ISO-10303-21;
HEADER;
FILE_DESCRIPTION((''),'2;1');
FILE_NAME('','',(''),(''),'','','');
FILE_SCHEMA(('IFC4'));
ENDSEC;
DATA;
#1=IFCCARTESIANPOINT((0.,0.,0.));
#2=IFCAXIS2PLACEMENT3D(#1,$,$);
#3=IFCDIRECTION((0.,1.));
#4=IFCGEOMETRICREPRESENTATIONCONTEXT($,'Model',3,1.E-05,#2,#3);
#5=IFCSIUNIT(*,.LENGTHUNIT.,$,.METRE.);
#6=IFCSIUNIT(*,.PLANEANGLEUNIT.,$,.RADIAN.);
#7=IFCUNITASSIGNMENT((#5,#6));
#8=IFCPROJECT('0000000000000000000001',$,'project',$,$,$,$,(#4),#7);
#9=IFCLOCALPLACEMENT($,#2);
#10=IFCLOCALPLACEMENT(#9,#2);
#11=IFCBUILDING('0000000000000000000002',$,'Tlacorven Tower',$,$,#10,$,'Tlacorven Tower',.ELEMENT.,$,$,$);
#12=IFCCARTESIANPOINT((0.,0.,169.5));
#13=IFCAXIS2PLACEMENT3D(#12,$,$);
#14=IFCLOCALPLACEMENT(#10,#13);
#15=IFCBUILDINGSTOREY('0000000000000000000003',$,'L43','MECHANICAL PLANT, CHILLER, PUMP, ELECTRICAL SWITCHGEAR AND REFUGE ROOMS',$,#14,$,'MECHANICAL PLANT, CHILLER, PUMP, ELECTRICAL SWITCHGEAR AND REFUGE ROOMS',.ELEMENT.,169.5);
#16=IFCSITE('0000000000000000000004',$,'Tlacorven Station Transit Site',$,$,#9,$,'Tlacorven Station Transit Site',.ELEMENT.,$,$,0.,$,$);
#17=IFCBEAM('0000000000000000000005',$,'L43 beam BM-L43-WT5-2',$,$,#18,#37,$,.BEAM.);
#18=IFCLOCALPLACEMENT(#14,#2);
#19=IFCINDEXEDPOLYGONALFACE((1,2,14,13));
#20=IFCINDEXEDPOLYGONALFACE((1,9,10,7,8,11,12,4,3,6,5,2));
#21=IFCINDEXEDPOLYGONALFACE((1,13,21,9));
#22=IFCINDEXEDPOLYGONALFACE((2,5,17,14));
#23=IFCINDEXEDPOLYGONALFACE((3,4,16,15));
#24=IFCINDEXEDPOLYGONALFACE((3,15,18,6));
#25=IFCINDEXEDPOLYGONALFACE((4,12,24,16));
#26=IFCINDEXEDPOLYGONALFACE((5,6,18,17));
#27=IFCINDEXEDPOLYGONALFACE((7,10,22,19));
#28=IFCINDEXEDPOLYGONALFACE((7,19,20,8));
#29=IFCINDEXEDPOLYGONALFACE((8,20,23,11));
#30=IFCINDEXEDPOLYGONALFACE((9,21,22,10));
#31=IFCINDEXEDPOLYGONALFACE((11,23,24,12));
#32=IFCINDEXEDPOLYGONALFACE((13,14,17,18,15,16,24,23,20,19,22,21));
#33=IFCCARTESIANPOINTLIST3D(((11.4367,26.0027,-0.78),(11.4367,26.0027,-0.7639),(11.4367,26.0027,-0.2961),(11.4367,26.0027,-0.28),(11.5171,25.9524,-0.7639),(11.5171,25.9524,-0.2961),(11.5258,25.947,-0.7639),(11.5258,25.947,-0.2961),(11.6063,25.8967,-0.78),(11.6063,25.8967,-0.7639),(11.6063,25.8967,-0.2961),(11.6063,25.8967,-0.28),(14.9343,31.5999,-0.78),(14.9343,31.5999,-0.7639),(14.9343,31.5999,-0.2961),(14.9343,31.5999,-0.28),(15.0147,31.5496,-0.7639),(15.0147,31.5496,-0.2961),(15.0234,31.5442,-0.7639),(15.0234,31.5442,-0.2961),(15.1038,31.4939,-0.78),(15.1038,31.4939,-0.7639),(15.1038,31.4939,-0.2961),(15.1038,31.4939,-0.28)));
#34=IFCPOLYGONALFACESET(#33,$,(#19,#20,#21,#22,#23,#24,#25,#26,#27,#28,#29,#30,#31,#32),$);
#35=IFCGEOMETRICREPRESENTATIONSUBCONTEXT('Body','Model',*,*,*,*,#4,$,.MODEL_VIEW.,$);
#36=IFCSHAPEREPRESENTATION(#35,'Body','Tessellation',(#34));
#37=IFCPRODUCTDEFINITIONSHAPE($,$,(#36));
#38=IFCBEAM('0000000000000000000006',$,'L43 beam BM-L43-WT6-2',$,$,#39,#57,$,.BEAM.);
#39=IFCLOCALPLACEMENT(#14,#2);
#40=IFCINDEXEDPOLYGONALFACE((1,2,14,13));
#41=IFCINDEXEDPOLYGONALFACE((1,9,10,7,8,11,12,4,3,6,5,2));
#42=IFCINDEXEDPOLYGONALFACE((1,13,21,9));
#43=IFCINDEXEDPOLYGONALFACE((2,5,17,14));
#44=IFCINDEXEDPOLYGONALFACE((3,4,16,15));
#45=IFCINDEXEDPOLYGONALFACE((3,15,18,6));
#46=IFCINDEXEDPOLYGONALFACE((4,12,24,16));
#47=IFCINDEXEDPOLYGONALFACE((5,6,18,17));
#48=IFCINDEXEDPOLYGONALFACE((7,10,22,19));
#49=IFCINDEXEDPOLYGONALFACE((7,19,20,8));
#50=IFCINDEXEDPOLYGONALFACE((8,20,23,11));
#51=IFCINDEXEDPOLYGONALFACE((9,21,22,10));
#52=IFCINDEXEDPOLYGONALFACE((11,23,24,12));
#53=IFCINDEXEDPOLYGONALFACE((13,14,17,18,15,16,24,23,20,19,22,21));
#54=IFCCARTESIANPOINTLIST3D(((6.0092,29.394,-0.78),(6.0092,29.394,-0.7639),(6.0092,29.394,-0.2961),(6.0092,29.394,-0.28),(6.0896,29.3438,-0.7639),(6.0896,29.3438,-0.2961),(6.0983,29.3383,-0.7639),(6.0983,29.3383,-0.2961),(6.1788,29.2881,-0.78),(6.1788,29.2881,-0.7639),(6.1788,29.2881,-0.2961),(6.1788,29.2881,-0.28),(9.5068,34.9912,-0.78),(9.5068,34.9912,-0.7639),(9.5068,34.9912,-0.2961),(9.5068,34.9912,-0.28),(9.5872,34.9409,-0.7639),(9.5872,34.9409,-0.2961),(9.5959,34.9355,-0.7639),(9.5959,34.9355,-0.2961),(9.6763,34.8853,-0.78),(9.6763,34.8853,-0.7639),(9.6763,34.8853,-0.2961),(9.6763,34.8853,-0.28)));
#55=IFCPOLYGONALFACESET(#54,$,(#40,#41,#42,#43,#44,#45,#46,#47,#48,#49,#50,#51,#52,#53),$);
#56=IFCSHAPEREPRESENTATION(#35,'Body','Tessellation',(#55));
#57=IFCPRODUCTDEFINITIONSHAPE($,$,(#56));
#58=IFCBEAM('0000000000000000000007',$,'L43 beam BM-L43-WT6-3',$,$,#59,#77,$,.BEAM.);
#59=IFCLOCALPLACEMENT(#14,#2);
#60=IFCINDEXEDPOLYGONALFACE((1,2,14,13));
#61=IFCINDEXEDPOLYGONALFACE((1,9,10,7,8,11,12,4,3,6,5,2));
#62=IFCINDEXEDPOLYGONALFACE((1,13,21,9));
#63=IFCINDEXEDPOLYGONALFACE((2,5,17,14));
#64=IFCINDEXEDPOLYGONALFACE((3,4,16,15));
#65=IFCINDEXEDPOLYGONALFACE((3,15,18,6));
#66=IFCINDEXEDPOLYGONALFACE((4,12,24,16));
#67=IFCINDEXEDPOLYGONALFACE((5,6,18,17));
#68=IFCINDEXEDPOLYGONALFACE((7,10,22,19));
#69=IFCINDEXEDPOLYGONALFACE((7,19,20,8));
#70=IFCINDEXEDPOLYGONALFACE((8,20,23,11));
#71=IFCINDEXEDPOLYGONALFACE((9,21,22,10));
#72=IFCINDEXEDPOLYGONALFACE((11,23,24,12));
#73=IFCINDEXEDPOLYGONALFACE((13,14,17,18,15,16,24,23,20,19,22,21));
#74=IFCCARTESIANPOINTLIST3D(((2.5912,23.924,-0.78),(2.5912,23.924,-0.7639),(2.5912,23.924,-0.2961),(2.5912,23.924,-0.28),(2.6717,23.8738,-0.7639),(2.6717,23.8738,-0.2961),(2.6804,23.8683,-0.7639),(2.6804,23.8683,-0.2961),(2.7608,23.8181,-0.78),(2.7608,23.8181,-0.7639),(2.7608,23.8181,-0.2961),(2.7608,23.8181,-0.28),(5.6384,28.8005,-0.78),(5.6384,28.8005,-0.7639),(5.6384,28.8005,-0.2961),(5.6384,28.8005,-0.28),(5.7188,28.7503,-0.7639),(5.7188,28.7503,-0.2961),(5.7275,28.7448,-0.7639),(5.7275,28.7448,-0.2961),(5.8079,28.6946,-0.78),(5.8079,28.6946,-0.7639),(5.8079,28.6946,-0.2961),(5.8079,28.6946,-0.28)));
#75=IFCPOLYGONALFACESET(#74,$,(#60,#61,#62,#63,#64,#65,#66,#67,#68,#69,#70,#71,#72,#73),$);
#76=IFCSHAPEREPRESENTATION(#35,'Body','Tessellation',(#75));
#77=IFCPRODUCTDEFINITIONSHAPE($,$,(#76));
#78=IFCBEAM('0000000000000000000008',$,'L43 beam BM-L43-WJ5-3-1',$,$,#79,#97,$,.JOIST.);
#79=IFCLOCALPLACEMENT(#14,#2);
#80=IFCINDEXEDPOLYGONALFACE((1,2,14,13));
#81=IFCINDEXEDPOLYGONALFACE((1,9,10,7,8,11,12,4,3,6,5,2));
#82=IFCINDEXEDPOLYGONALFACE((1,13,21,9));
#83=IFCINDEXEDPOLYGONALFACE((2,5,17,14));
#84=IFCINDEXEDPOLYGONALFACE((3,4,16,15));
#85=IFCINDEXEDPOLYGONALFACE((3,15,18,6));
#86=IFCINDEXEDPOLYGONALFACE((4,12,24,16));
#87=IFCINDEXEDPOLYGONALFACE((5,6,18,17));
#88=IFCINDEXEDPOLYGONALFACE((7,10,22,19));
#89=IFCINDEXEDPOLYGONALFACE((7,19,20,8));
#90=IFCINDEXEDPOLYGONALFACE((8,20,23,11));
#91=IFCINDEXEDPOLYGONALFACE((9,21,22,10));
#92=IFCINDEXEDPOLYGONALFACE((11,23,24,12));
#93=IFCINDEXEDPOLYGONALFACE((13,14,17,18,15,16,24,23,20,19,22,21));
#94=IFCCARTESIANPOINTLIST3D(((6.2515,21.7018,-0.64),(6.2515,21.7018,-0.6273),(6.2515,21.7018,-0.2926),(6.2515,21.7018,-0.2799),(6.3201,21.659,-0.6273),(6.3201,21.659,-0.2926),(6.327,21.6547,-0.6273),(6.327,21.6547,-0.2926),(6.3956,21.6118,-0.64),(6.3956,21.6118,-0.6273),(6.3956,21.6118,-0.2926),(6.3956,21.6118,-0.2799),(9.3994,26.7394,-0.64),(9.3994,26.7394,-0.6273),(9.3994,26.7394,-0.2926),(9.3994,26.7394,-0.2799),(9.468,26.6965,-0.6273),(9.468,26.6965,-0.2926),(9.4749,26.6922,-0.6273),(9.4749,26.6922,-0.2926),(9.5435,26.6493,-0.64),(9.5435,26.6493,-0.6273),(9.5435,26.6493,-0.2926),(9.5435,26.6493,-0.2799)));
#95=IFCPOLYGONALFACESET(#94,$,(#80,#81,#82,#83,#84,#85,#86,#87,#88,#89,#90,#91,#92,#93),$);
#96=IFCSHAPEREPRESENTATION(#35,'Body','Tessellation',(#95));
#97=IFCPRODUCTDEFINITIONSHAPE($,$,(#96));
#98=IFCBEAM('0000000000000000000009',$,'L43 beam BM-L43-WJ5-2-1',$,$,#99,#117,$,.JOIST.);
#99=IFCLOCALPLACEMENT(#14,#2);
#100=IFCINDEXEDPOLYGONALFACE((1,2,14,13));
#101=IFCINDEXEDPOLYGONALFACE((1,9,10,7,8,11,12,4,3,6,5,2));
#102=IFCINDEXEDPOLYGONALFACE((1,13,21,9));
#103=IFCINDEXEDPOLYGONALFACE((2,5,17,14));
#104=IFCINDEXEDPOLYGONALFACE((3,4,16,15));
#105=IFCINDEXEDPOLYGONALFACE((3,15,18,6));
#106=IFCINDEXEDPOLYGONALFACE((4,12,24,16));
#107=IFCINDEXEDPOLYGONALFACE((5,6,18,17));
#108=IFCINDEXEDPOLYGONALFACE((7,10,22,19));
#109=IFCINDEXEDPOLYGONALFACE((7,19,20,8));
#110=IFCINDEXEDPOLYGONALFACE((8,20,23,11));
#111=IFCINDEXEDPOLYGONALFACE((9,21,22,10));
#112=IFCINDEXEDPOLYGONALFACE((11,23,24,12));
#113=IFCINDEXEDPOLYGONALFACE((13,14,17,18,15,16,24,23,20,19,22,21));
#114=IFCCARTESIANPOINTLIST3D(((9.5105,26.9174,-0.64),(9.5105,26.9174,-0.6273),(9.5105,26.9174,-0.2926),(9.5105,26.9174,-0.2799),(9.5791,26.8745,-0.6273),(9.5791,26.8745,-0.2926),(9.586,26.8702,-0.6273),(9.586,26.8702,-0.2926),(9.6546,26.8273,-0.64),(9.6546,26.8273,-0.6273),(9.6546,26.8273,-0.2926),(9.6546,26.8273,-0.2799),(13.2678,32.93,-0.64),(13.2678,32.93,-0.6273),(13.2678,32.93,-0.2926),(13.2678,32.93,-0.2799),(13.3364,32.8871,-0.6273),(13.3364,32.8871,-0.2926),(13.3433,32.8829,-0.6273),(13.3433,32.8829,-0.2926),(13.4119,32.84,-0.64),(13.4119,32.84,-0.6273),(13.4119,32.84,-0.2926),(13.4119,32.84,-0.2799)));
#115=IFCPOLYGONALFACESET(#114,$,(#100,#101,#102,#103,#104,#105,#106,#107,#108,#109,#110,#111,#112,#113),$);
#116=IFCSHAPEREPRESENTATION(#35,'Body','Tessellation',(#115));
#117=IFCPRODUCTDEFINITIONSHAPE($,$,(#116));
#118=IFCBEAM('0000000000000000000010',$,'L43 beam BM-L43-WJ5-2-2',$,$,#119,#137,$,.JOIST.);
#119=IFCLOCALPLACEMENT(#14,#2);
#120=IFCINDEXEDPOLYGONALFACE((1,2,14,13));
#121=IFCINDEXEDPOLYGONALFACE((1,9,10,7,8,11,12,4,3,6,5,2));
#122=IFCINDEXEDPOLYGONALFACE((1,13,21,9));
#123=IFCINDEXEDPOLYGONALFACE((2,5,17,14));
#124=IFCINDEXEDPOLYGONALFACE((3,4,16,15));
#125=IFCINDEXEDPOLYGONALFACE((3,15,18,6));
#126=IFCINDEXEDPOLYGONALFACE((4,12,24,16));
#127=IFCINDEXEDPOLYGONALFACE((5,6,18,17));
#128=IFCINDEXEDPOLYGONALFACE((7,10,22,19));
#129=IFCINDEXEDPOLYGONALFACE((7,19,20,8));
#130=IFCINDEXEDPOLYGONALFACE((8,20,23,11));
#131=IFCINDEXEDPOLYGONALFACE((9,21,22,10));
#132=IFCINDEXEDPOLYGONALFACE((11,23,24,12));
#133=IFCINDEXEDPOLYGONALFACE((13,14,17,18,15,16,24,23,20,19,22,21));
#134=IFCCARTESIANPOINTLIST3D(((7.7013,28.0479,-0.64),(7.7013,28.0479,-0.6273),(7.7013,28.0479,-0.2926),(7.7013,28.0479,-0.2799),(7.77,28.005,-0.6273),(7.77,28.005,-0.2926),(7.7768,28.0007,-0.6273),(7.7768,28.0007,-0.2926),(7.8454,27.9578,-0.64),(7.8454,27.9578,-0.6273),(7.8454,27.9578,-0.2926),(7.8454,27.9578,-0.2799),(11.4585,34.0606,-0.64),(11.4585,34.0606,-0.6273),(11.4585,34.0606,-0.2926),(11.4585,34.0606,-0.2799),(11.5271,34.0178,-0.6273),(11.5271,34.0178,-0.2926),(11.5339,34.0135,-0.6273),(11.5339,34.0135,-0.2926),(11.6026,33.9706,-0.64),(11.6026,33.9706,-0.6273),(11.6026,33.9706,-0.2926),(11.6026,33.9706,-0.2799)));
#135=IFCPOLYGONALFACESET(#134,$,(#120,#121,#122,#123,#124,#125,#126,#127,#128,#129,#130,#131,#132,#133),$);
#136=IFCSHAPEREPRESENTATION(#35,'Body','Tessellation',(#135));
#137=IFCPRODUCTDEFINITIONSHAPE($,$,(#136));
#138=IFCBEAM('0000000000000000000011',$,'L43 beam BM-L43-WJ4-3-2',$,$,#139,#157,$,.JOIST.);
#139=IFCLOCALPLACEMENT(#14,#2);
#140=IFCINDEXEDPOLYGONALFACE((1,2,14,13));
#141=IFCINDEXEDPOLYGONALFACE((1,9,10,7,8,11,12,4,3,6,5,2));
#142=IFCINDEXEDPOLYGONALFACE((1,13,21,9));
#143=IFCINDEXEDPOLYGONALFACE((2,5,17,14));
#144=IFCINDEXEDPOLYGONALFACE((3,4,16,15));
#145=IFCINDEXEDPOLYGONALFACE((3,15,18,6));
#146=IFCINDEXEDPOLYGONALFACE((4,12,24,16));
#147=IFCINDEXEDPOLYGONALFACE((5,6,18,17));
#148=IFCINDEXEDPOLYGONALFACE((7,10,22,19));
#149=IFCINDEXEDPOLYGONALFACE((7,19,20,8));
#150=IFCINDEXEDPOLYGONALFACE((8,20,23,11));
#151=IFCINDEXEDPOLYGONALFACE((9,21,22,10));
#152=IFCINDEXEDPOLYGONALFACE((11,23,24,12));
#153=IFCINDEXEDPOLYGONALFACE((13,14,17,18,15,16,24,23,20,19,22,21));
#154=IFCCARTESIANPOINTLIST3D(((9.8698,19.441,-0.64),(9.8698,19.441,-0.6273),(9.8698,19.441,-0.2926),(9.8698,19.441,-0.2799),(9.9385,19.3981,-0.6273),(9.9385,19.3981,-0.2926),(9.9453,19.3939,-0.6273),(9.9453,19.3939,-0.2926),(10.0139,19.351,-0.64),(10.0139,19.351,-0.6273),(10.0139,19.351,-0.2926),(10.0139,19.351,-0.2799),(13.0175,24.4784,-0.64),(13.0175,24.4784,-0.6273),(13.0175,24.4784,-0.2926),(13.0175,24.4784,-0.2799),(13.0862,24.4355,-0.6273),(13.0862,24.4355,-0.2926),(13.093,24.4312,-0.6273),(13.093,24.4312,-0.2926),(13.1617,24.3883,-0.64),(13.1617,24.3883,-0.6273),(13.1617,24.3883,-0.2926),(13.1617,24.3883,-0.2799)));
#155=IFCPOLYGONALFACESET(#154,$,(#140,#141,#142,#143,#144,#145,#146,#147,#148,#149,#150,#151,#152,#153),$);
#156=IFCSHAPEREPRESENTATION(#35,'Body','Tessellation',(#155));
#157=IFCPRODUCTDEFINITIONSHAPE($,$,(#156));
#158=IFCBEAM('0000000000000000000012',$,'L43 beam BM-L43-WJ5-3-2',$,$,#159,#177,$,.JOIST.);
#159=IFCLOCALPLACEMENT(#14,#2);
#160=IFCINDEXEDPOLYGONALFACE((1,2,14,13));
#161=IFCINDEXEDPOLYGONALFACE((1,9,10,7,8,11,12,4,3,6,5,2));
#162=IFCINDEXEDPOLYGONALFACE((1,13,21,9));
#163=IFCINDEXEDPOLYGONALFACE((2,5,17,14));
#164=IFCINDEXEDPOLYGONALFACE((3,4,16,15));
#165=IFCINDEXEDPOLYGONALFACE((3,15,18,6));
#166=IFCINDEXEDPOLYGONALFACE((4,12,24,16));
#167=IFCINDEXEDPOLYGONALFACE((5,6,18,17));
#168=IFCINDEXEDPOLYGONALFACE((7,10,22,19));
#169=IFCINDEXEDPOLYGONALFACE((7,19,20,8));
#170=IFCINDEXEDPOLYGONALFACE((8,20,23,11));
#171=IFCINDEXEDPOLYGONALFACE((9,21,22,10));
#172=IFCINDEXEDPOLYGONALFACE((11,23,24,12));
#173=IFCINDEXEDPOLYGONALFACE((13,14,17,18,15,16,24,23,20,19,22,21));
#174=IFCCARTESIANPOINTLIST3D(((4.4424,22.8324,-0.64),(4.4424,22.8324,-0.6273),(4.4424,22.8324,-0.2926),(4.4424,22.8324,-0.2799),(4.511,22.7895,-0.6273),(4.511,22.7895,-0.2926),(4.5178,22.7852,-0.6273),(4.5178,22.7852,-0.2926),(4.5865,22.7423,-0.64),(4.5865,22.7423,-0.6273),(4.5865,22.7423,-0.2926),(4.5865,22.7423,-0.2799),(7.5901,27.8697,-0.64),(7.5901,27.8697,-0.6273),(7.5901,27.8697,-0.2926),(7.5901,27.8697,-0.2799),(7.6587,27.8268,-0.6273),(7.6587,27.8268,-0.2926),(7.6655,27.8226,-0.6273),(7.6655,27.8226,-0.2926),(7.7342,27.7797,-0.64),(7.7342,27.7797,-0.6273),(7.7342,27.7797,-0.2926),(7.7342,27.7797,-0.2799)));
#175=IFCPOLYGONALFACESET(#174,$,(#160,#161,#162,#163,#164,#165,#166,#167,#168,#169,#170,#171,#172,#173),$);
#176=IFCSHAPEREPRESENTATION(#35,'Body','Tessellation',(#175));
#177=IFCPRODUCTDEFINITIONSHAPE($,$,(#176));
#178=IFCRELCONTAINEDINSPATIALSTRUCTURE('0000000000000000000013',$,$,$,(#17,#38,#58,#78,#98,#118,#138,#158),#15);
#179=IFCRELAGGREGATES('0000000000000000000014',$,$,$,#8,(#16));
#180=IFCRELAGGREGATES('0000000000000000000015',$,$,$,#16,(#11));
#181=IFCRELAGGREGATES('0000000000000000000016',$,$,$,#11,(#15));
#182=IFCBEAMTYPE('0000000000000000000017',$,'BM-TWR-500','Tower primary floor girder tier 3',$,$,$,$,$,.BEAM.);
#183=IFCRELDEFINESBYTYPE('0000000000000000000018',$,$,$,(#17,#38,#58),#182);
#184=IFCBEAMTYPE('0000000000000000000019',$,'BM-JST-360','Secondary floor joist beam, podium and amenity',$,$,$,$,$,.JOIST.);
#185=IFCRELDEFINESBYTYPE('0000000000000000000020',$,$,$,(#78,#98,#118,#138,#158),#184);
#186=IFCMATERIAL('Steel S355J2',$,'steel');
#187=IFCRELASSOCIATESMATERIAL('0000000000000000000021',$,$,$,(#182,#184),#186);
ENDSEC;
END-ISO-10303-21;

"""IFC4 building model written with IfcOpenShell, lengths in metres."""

from ifc_helpers import new_model, si_unit, direction, frame, origin, origin_2d, place, context, subcontext, project, spatial, i_section, extrude, source, transform, mapped, material, material_profile, profile_set, type_object, element, save


model = new_model("IFC4")

# Units and contexts
model_context = context("Model", 3, precision=1e-05, world=origin(), true_north=direction((0.0, 1.0)))
body_context = subcontext(model_context, "Body", "Model", "MODEL_VIEW")
ifc_project = project(units=[si_unit("LENGTHUNIT", "METRE"), si_unit("PLANEANGLEUNIT", "RADIAN")], contexts=[model_context])

# Site, building, storey
site_placement = place(None, origin())
site = spatial("IfcSite", under=ifc_project, at=site_placement, Name="Tlacorven Station Transit Site", LongName="Tlacorven Station Transit Site", CompositionType="ELEMENT", RefElevation=0.0)
building_placement = place(site_placement, origin())
building = spatial("IfcBuilding", under=site, at=building_placement, Name="Tlacorven Tower", LongName="Tlacorven Tower", CompositionType="ELEMENT")
storey_placement = place(building_placement, frame((0.0, 0.0, 169.5)))
storey = spatial("IfcBuildingStorey", under=building, at=storey_placement, Name="L43", Description="MECHANICAL PLANT, CHILLER, PUMP, ELECTRICAL SWITCHGEAR AND REFUGE ROOMS", LongName="MECHANICAL PLANT, CHILLER, PUMP, ELECTRICAL SWITCHGEAR AND REFUGE ROOMS", CompositionType="ELEMENT", Elevation=169.5)

# Beams
ifc_material_1 = material(Name="Steel S355J2", Category="steel")
ifc_material_profile_1 = material_profile(ifc_material_1, i_section(OverallWidth=0.2, OverallDepth=0.5, WebThickness=0.0103, FlangeThickness=0.0161, at=origin_2d()), Name="IPE 500")
ifc_profile_set_1 = profile_set([ifc_material_profile_1], Name="Steel S355J2")
beam_type_1 = type_object("IfcBeamType", Name="BM-TWR-500", Description="Tower primary floor girder tier 3", PredefinedType="BEAM", material=ifc_profile_set_1)
shared_shape_1 = source(origin(), body_context, "Body", "SweptSolid", [
    extrude(i_section(OverallWidth=0.2, OverallDepth=0.5, WebThickness=0.0103, FlangeThickness=0.0161, at=origin_2d()), origin(), (0.0, 0.0, 1.0), 6.6001),
])
for number, where, z_axis, x_axis, name in (
    (1, (15.019, 31.5469, -0.53), (-0.529926, -0.848044, 0.0), (0.848044, -0.529926, 0.0), "L43 beam BM-L43-WT5-2"),
    (2, (9.5916, 34.9382, -0.53), (-0.529926, -0.848044, 0.0), (0.848044, -0.529926, 0.0), "L43 beam BM-L43-WT6-2"),
):
    element("IfcBeam", number, at=place(storey_placement, frame(where, z_axis=z_axis, x_axis=x_axis)), inside=storey, type_object=beam_type_1, Name=name, PredefinedType="BEAM", context=body_context, shape_type="MappedRepresentation", body=[
        mapped(shared_shape_1, transform((0.0, 0.0, 0.0), scale=1.0)),
    ])
shared_shape_2 = source(origin(), body_context, "Body", "SweptSolid", [
    extrude(i_section(OverallWidth=0.2, OverallDepth=0.5, WebThickness=0.0103, FlangeThickness=0.0161, at=origin_2d()), origin(), (0.0, 0.0, 1.0), 5.7502),
])
beam_1_placement = place(storey_placement, frame((5.7231, 28.7476, -0.53), z_axis=(-0.529915, -0.848051, 0.0), x_axis=(0.848051, -0.529915, 0.0)))
element("IfcBeam", 3, at=beam_1_placement, inside=storey, type_object=beam_type_1, Name="L43 beam BM-L43-WT6-3", PredefinedType="BEAM", context=body_context, shape_type="MappedRepresentation", body=[
    mapped(shared_shape_2, transform((0.0, 0.0, 0.0), scale=1.0)),
])
ifc_material_profile_2 = material_profile(ifc_material_1, i_section(OverallWidth=0.1699, OverallDepth=0.3601, WebThickness=0.0081, FlangeThickness=0.0127, at=origin_2d()), Name="IPE 360")
ifc_profile_set_2 = profile_set([ifc_material_profile_2], Name="Steel S355J2")
beam_type_2 = type_object("IfcBeamType", Name="BM-JST-360", Description="Secondary floor joist beam, podium and amenity", PredefinedType="JOIST", material=ifc_profile_set_2)
shared_shape_3 = source(origin(), body_context, "Body", "SweptSolid", [
    extrude(i_section(OverallWidth=0.1699, OverallDepth=0.3601, WebThickness=0.0081, FlangeThickness=0.0127, at=origin_2d()), origin(), (0.0, 0.0, 1.0), 5.9402),
])
beam_2_placement = place(storey_placement, frame((9.4714, 26.6943, -0.46), z_axis=(-0.529932, -0.84804, 0.0), x_axis=(0.84804, -0.529932, 0.0)))
element("IfcBeam", 4, at=beam_2_placement, inside=storey, type_object=beam_type_2, Name="L43 beam BM-L43-WJ5-3-1", PredefinedType="JOIST", context=body_context, shape_type="MappedRepresentation", body=[
    mapped(shared_shape_3, transform((0.0, 0.0, 0.0), scale=1.0)),
])
shared_shape_4 = source(origin(), body_context, "Body", "SweptSolid", [
    extrude(i_section(OverallWidth=0.1699, OverallDepth=0.3601, WebThickness=0.0081, FlangeThickness=0.0127, at=origin_2d()), origin(), (0.0, 0.0, 1.0), 7.0901),
])
for number, where, z_axis, x_axis, name in (
    (5, (13.3398, 32.885, -0.46), (-0.529937, -0.848037, 0.0), (0.848037, -0.529937, 0.0), "L43 beam BM-L43-WJ5-2-1"),
    (6, (11.5305, 34.0156, -0.46), (-0.529912, -0.848052, 0.0), (0.848052, -0.529912, 0.0), "L43 beam BM-L43-WJ5-2-2"),
):
    element("IfcBeam", number, at=place(storey_placement, frame(where, z_axis=z_axis, x_axis=x_axis)), inside=storey, type_object=beam_type_2, Name=name, PredefinedType="JOIST", context=body_context, shape_type="MappedRepresentation", body=[
        mapped(shared_shape_4, transform((0.0, 0.0, 0.0), scale=1.0)),
    ])
shared_shape_5 = source(origin(), body_context, "Body", "SweptSolid", [
    extrude(i_section(OverallWidth=0.1699, OverallDepth=0.3601, WebThickness=0.0081, FlangeThickness=0.0127, at=origin_2d()), origin(), (0.0, 0.0, 1.0), 5.9399),
])
for number, where, z_axis, x_axis, name in (
    (7, (13.0896, 24.4333, -0.46), (-0.529921, -0.848047, 0.0), (0.848047, -0.529921, 0.0), "L43 beam BM-L43-WJ4-3-2"),
    (8, (7.6621, 27.8247, -0.46), (-0.529921, -0.848047, 0.0), (0.848047, -0.529921, 0.0), "L43 beam BM-L43-WJ5-3-2"),
):
    element("IfcBeam", number, at=place(storey_placement, frame(where, z_axis=z_axis, x_axis=x_axis)), inside=storey, type_object=beam_type_2, Name=name, PredefinedType="JOIST", context=body_context, shape_type="MappedRepresentation", body=[
        mapped(shared_shape_5, transform((0.0, 0.0, 0.0), scale=1.0)),
    ])

save(model, "model.ifc")
